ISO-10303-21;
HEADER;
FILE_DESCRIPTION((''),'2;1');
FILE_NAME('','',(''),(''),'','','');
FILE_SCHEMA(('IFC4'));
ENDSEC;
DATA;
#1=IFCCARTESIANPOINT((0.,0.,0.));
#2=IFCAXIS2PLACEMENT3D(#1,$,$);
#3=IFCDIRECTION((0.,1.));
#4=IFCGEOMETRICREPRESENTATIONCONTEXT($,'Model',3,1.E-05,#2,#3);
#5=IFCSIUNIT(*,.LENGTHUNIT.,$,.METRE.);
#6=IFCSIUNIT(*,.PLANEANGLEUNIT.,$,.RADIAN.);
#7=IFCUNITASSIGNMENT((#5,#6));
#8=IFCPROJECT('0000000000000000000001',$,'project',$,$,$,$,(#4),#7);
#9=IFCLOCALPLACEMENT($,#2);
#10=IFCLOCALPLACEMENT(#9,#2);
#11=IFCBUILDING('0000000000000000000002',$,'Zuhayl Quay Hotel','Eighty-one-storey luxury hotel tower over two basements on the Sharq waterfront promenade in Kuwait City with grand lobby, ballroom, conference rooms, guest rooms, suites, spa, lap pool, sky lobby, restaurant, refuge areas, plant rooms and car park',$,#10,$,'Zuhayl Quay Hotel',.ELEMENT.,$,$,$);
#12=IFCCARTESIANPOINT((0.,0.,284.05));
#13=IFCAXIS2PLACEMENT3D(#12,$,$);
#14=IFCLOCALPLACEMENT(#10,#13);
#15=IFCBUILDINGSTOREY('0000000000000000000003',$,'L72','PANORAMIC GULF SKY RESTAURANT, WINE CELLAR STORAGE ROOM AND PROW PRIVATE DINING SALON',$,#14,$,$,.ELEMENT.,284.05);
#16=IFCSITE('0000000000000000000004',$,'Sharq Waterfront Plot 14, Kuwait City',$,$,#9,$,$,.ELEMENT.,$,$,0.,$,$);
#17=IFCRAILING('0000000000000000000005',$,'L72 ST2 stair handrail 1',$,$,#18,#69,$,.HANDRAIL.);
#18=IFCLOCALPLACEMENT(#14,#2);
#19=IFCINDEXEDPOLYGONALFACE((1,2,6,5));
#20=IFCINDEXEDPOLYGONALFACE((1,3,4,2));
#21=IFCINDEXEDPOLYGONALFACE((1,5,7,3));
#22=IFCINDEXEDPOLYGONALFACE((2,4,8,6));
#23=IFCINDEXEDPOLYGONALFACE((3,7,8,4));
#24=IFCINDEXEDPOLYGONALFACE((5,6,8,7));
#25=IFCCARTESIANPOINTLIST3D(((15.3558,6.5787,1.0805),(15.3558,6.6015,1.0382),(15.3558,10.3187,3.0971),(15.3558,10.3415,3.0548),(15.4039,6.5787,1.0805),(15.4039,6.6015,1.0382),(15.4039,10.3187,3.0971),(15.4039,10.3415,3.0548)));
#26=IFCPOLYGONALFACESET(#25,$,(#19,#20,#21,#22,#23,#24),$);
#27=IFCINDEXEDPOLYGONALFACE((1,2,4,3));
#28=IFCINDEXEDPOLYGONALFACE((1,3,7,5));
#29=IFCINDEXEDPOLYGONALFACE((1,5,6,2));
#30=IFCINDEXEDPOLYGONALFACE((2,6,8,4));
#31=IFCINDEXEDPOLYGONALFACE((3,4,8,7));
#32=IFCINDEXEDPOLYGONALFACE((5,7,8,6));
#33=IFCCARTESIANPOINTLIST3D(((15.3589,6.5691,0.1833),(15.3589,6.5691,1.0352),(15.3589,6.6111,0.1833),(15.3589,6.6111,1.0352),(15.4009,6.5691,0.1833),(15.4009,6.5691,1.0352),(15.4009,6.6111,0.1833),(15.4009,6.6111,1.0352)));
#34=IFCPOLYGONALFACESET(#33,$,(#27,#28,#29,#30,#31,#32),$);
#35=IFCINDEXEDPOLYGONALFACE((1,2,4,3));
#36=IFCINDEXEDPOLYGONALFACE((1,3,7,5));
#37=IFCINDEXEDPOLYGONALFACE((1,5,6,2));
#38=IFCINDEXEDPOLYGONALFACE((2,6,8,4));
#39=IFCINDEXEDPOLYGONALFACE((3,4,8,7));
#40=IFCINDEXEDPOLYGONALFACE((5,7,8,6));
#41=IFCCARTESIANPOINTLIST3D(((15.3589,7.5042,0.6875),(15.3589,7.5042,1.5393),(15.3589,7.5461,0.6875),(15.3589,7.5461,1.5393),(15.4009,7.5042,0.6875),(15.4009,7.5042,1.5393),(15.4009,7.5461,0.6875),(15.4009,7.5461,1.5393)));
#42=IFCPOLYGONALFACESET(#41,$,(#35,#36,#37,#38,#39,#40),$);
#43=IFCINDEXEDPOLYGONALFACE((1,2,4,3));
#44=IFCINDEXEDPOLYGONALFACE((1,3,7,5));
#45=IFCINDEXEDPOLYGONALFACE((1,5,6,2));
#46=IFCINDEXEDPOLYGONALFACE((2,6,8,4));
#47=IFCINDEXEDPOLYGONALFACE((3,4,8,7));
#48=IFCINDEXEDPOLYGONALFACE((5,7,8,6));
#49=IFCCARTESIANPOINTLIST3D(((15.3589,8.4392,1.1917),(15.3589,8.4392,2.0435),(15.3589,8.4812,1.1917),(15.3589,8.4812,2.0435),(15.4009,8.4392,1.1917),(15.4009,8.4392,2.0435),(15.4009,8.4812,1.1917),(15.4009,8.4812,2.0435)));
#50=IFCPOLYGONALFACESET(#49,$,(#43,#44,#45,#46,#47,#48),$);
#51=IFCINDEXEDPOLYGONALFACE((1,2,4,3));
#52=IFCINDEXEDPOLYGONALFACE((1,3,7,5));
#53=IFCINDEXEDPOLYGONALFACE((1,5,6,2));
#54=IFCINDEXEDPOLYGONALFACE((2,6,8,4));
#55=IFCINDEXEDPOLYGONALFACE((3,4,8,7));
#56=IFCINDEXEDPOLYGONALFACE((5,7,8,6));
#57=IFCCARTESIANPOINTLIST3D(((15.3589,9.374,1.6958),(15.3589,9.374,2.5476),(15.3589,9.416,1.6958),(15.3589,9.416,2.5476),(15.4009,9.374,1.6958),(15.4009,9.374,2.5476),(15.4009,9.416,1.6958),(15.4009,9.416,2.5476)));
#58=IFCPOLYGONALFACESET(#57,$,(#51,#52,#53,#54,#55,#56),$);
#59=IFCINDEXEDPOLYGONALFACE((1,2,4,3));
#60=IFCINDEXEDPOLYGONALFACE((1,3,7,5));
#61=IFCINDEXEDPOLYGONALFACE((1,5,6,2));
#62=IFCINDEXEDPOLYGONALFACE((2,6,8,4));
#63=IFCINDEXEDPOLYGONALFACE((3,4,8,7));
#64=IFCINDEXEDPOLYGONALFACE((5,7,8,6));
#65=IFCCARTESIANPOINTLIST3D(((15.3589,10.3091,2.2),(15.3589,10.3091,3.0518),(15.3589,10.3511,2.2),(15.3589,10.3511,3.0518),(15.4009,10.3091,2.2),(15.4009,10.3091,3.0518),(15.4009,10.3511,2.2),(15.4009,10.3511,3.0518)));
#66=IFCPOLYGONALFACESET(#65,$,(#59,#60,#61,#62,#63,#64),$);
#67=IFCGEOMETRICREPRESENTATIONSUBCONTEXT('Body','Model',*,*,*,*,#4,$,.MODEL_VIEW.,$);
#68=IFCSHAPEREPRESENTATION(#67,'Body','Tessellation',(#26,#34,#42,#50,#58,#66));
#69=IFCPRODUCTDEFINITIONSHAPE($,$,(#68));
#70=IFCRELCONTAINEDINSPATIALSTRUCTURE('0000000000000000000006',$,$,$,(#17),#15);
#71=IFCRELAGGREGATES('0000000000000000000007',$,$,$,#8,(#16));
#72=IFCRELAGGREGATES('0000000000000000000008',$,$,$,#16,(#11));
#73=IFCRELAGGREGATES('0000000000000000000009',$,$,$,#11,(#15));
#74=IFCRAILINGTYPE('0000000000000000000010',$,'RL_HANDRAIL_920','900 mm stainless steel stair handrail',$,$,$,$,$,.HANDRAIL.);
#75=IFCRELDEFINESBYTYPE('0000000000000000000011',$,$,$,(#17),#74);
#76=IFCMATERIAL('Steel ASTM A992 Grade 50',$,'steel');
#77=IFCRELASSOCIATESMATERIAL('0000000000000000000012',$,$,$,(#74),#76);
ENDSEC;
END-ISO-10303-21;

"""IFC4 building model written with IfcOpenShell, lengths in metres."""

from ifc_helpers import new_model, si_unit, direction, frame, origin, origin_2d, place, context, subcontext, project, spatial, rectangle, extrude, material, type_object, element, save


model = new_model("IFC4")

# Units and contexts
model_context = context("Model", 3, precision=1e-05, world=origin(), true_north=direction((0.0, 1.0)))
body_context = subcontext(model_context, "Body", "Model", "MODEL_VIEW")
ifc_project = project(units=[si_unit("LENGTHUNIT", "METRE"), si_unit("PLANEANGLEUNIT", "RADIAN")], contexts=[model_context])

# Site, building, storey
site_placement = place(None, origin())
site = spatial("IfcSite", under=ifc_project, at=site_placement, Name="Sharq Waterfront Plot 14, Kuwait City", CompositionType="ELEMENT", RefElevation=0.0)
building_placement = place(site_placement, origin())
building = spatial("IfcBuilding", under=site, at=building_placement, Name="Zuhayl Quay Hotel", Description="Eighty-one-storey luxury hotel tower over two basements on the Sharq waterfront promenade in Kuwait City with grand lobby, ballroom, conference rooms, guest rooms, suites, spa, lap pool, sky lobby, restaurant, refuge areas, plant rooms and car park", LongName="Zuhayl Quay Hotel", CompositionType="ELEMENT")
storey_placement = place(building_placement, frame((0.0, 0.0, 284.05)))
storey = spatial("IfcBuildingStorey", under=building, at=storey_placement, Name="L72", Description="PANORAMIC GULF SKY RESTAURANT, WINE CELLAR STORAGE ROOM AND PROW PRIVATE DINING SALON", CompositionType="ELEMENT", Elevation=284.05)

# Shared definitions
ifc_material_1 = material(Name="Steel ASTM A992 Grade 50", Category="steel")

# Railing
railing_type_1 = type_object("IfcRailingType", Name="RL_HANDRAIL_920", Description="900 mm stainless steel stair handrail", PredefinedType="HANDRAIL", material=ifc_material_1)
railing_1_placement = place(storey_placement, frame((15.3799, 6.5901, 0.1833)))
element("IfcRailing", 1, at=railing_1_placement, inside=storey, type_object=railing_type_1, Name="L72 ST2 stair handrail 1", PredefinedType="HANDRAIL", context=body_context, shape_type="SweptSolid", body=[
    extrude(rectangle(XDim=0.0481, YDim=0.0481, at=origin_2d()), frame((0.0, 0.0, 0.876), z_axis=(0.0, 0.8802, 0.474603), x_axis=(-1.0, 0.0, 0.0)), (0.0, 0.0, 1.0), 4.249),
    extrude(rectangle(XDim=0.042, YDim=0.042, at=origin_2d()), origin(), (0.0, 0.0, 1.0), 0.8518),
    extrude(rectangle(XDim=0.042, YDim=0.042, at=origin_2d()), frame((0.0, 0.9351, 0.5042)), (0.0, 0.0, 1.0), 0.8518),
    extrude(rectangle(XDim=0.042, YDim=0.042, at=origin_2d()), frame((0.0, 1.8701, 1.0083)), (0.0, 0.0, 1.0), 0.8518),
    extrude(rectangle(XDim=0.042, YDim=0.042, at=origin_2d()), frame((0.0, 2.8049, 1.5125)), (0.0, 0.0, 1.0), 0.8518),
    extrude(rectangle(XDim=0.042, YDim=0.042, at=origin_2d()), frame((0.0, 3.74, 2.0166)), (0.0, 0.0, 1.0), 0.8518),
])

save(model, "model.ifc")
